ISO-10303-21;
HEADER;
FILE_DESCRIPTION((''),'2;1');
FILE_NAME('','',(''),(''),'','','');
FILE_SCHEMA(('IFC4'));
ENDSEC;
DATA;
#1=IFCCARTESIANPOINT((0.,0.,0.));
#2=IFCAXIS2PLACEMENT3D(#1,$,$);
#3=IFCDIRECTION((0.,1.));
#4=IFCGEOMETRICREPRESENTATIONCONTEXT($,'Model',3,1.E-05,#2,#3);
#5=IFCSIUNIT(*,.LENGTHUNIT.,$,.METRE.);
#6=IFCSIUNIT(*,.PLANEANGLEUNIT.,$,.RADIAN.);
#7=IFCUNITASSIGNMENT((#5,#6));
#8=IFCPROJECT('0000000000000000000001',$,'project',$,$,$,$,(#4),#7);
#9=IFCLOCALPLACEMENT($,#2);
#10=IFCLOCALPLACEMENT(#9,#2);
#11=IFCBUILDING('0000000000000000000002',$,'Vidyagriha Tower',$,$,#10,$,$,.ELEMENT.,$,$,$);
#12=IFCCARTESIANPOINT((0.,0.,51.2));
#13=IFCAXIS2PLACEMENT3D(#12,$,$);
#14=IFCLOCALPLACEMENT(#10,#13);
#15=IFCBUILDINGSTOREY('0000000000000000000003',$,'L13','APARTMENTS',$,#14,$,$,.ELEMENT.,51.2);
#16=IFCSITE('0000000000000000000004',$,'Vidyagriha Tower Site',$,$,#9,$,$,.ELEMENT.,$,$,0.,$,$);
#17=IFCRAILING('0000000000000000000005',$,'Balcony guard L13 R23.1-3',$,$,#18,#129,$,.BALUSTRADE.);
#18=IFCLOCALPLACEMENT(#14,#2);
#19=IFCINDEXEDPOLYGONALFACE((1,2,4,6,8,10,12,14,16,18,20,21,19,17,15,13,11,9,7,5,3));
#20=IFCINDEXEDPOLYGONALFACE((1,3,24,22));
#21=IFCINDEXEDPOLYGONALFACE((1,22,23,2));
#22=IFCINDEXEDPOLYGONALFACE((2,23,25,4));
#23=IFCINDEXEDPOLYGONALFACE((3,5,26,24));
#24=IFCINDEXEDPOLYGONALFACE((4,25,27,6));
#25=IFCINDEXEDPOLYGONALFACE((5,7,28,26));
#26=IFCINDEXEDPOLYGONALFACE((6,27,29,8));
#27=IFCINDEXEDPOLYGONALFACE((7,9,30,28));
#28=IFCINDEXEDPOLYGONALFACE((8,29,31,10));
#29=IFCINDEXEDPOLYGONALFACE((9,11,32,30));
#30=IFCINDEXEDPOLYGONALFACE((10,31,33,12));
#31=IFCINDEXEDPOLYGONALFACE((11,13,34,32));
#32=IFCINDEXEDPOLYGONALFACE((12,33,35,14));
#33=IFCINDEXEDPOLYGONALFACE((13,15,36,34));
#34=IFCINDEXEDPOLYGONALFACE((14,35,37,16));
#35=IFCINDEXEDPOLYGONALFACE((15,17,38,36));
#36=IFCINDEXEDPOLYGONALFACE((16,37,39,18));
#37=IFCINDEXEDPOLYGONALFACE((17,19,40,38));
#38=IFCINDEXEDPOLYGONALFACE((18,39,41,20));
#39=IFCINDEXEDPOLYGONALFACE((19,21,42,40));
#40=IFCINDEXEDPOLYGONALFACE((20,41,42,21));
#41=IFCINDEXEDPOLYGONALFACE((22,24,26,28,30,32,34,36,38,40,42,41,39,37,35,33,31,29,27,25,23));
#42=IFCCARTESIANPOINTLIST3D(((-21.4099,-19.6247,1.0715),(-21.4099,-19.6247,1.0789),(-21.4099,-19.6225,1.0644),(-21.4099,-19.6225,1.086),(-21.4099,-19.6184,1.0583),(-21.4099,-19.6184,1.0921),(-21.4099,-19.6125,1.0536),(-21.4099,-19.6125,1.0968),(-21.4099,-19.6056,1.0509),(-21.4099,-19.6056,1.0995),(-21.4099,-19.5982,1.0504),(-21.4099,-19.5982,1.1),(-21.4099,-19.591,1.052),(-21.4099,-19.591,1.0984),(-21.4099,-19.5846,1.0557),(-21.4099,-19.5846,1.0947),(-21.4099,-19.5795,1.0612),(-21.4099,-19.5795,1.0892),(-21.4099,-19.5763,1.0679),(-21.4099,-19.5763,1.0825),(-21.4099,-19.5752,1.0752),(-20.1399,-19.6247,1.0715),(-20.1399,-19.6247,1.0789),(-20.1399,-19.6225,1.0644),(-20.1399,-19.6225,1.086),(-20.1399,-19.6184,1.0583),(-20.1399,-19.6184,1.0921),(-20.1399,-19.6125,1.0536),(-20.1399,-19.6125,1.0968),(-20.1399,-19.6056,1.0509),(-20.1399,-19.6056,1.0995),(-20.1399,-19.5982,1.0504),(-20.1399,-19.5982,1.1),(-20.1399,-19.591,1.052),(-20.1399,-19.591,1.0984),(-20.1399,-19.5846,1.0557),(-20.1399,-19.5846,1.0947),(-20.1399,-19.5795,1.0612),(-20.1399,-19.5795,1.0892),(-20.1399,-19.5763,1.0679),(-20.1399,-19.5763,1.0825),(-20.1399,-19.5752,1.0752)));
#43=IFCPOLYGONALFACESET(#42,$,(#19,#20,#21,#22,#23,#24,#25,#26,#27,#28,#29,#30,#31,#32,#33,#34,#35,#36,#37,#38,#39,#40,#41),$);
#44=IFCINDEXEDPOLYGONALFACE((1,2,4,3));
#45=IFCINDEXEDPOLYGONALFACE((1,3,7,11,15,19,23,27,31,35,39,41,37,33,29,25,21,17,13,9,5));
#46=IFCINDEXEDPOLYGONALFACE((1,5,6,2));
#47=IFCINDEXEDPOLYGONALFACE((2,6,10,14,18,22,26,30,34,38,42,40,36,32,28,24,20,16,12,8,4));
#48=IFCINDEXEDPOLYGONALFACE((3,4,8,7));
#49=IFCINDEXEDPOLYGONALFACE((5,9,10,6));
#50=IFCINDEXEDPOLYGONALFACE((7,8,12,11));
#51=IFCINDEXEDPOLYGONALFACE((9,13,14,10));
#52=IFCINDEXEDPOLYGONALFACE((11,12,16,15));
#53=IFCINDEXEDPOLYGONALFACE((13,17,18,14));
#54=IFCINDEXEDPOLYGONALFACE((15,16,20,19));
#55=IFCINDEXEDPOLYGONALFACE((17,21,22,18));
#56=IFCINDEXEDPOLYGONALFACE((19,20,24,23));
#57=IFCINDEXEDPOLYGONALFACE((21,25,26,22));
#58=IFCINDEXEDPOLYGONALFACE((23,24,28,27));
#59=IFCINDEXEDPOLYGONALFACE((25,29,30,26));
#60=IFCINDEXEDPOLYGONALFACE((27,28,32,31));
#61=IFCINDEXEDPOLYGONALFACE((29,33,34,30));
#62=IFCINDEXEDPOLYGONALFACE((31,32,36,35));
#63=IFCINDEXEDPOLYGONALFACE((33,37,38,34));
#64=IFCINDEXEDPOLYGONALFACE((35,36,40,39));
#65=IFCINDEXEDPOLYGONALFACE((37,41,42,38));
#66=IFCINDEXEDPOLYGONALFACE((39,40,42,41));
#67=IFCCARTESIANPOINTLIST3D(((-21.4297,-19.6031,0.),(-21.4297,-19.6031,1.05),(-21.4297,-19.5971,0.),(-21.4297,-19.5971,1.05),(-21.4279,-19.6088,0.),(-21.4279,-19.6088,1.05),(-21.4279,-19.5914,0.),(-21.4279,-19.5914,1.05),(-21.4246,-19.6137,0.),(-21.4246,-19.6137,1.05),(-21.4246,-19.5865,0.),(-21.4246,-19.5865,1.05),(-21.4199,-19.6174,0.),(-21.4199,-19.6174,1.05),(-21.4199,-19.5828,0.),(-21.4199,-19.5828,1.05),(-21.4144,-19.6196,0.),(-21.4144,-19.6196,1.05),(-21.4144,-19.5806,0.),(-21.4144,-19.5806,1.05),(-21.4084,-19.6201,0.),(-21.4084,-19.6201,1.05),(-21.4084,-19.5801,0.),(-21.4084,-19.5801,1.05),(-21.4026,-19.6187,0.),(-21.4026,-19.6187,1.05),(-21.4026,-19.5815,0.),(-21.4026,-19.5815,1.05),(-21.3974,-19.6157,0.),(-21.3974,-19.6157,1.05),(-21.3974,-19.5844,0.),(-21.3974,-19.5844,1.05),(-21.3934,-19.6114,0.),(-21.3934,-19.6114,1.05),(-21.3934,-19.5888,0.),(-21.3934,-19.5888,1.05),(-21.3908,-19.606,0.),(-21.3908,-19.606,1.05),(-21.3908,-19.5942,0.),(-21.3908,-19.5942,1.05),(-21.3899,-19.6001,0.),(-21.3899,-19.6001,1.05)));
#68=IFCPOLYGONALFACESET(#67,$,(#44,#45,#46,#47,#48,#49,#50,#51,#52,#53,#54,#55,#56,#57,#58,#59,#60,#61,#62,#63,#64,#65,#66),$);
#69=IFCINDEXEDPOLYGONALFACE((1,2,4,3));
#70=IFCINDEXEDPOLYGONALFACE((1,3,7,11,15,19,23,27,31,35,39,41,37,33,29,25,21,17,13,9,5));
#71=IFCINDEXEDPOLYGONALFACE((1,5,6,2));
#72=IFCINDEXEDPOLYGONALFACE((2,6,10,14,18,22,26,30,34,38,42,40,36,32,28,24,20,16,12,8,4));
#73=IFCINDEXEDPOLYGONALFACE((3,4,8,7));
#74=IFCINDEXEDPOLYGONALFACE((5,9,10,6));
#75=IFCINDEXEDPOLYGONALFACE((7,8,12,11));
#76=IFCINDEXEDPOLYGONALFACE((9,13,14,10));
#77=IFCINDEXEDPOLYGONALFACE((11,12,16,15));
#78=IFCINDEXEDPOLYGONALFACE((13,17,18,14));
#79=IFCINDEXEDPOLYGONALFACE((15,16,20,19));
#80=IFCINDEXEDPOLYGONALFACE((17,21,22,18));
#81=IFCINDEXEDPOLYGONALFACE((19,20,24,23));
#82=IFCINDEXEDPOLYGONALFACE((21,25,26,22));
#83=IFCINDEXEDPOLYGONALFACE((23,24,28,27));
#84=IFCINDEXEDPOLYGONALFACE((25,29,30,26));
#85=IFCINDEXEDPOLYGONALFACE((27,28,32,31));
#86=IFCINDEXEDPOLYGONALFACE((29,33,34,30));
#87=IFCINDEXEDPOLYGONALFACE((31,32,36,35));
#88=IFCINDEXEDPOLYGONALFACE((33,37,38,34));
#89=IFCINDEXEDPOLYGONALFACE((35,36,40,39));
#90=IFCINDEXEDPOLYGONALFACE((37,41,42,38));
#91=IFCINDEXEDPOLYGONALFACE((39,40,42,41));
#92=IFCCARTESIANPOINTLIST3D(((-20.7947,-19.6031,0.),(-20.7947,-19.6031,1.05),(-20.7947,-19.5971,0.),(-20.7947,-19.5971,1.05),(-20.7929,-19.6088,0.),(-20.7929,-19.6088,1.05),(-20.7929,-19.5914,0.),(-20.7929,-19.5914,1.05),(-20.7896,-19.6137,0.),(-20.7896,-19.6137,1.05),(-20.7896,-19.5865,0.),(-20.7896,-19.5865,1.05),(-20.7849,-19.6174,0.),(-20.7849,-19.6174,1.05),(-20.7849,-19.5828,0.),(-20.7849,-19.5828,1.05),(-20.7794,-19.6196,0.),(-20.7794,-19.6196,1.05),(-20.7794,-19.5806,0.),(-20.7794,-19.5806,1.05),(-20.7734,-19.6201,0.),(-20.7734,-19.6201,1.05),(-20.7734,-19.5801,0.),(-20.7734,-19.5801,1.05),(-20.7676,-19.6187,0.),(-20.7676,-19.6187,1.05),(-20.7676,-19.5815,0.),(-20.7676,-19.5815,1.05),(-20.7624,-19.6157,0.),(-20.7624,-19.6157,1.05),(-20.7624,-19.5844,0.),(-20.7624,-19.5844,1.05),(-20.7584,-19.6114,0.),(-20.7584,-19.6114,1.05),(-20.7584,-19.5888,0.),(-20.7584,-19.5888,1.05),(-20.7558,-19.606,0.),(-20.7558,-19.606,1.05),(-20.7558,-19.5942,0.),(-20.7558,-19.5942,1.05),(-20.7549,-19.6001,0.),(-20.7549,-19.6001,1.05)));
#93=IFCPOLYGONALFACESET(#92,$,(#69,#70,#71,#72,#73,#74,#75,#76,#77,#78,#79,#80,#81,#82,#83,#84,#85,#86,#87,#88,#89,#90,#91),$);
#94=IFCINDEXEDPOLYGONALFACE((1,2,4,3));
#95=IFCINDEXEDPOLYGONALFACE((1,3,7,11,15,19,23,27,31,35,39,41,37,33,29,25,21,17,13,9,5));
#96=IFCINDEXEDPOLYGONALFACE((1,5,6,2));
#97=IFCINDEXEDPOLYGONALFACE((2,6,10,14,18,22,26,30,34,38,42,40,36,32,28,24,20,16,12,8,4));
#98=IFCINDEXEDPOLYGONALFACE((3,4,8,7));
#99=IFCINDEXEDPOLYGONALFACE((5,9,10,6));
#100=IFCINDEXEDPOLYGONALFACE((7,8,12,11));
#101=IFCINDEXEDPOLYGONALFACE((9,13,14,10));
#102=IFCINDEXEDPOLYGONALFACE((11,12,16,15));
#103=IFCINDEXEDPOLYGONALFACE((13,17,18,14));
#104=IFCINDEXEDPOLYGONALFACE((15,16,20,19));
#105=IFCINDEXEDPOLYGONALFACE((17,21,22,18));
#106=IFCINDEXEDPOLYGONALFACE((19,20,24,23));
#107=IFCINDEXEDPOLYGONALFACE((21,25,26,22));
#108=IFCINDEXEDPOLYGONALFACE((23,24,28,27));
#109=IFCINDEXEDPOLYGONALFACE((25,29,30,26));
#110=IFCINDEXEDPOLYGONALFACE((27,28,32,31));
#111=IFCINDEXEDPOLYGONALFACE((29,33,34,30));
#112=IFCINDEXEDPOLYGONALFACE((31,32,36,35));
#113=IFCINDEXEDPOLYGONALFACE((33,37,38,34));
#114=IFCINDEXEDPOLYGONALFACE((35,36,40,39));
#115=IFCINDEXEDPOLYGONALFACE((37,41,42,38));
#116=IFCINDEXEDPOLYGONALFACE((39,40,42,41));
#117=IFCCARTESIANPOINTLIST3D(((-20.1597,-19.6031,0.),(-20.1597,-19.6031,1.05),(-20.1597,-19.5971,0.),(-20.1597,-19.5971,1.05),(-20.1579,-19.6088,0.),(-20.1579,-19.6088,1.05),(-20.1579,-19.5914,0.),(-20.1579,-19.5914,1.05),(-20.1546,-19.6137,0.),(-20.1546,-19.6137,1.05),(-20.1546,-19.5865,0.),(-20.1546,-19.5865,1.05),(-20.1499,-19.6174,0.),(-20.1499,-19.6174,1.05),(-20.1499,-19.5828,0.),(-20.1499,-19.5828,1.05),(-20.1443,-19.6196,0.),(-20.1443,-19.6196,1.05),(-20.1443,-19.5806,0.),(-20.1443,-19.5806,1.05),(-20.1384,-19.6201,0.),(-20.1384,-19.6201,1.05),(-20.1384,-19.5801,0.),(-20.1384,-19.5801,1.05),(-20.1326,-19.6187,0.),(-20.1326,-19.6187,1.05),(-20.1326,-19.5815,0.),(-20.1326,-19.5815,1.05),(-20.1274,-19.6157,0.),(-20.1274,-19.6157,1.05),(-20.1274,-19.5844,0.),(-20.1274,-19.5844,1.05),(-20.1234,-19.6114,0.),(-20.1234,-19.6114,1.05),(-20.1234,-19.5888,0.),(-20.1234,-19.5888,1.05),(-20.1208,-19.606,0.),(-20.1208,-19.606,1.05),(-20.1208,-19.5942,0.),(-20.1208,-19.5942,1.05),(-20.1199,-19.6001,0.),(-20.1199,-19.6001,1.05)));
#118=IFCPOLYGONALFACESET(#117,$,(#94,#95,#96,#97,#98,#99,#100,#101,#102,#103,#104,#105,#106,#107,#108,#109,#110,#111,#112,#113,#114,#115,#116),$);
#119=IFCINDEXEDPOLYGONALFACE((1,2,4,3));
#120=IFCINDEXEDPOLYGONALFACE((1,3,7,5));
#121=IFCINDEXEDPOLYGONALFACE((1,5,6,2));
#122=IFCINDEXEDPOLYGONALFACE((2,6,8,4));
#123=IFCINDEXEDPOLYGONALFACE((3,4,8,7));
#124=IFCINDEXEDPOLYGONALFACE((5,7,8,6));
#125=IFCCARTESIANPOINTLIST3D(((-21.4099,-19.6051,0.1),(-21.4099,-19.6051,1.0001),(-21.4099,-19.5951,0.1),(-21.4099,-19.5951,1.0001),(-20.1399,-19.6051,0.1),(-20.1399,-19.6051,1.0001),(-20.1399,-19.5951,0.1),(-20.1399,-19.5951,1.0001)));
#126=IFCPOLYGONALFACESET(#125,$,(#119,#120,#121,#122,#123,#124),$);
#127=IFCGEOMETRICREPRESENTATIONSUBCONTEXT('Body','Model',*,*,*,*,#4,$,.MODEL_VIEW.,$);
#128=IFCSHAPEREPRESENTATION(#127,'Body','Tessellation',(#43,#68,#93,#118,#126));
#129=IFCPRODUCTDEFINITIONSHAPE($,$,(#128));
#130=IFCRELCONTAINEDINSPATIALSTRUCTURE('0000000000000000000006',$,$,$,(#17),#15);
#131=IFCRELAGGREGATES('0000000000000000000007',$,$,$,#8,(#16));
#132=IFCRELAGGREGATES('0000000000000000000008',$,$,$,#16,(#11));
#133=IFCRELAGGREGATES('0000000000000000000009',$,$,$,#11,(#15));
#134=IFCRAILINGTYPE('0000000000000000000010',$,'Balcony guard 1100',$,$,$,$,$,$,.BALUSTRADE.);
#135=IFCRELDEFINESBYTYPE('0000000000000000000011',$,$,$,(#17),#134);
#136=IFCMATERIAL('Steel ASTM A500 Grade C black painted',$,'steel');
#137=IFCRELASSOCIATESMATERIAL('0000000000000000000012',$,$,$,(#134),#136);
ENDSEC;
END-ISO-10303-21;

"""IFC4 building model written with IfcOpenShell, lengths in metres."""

from ifc_helpers import new_model, si_unit, direction, frame, origin, origin_2d, place, context, subcontext, project, spatial, rectangle, circle, extrude, material, type_object, element, save


model = new_model("IFC4")

# Units and contexts
model_context = context("Model", 3, precision=1e-05, world=origin(), true_north=direction((0.0, 1.0)))
body_context = subcontext(model_context, "Body", "Model", "MODEL_VIEW")
ifc_project = project(units=[si_unit("LENGTHUNIT", "METRE"), si_unit("PLANEANGLEUNIT", "RADIAN")], contexts=[model_context])

# Site, building, storey
site_placement = place(None, origin())
site = spatial("IfcSite", under=ifc_project, at=site_placement, Name="Vidyagriha Tower Site", CompositionType="ELEMENT", RefElevation=0.0)
building_placement = place(site_placement, origin())
building = spatial("IfcBuilding", under=site, at=building_placement, Name="Vidyagriha Tower", CompositionType="ELEMENT")
storey_placement = place(building_placement, frame((0.0, 0.0, 51.2)))
storey = spatial("IfcBuildingStorey", under=building, at=storey_placement, Name="L13", Description="APARTMENTS", CompositionType="ELEMENT", Elevation=51.2)

# Railing
ifc_material_1 = material(Name="Steel ASTM A500 Grade C black painted", Category="steel")
railing_type = type_object("IfcRailingType", Name="Balcony guard 1100", PredefinedType="BALUSTRADE", material=ifc_material_1)
railing_1_placement = place(storey_placement, frame((-21.4099, -19.6001, 0.0)))
element("IfcRailing", 1, at=railing_1_placement, inside=storey, type_object=railing_type, Name="Balcony guard L13 R23.1-3", PredefinedType="BALUSTRADE", context=body_context, shape_type="SweptSolid", body=[
    extrude(circle(Radius=0.0249, at=origin_2d()), frame((0.0, 0.0, 1.0752), z_axis=(1.0, 0.0, 0.0), x_axis=(0.0, 1.0, 0.0)), (0.0, 0.0, 1.0), 1.27),
    extrude(circle(Radius=0.02, at=origin_2d()), origin(), (0.0, 0.0, 1.0), 1.05),
    extrude(circle(Radius=0.02, at=origin_2d()), frame((0.635, 0.0, 0.0)), (0.0, 0.0, 1.0), 1.05),
    extrude(circle(Radius=0.02, at=origin_2d()), frame((1.27, 0.0, 0.0)), (0.0, 0.0, 1.0), 1.05),
    extrude(rectangle(XDim=0.01, YDim=0.9001, at=origin_2d()), frame((0.0, 0.0, 0.55), z_axis=(1.0, 0.0, 0.0), x_axis=(0.0, 1.0, 0.0)), (0.0, 0.0, 1.0), 1.27),
])

save(model, "model.ifc")
